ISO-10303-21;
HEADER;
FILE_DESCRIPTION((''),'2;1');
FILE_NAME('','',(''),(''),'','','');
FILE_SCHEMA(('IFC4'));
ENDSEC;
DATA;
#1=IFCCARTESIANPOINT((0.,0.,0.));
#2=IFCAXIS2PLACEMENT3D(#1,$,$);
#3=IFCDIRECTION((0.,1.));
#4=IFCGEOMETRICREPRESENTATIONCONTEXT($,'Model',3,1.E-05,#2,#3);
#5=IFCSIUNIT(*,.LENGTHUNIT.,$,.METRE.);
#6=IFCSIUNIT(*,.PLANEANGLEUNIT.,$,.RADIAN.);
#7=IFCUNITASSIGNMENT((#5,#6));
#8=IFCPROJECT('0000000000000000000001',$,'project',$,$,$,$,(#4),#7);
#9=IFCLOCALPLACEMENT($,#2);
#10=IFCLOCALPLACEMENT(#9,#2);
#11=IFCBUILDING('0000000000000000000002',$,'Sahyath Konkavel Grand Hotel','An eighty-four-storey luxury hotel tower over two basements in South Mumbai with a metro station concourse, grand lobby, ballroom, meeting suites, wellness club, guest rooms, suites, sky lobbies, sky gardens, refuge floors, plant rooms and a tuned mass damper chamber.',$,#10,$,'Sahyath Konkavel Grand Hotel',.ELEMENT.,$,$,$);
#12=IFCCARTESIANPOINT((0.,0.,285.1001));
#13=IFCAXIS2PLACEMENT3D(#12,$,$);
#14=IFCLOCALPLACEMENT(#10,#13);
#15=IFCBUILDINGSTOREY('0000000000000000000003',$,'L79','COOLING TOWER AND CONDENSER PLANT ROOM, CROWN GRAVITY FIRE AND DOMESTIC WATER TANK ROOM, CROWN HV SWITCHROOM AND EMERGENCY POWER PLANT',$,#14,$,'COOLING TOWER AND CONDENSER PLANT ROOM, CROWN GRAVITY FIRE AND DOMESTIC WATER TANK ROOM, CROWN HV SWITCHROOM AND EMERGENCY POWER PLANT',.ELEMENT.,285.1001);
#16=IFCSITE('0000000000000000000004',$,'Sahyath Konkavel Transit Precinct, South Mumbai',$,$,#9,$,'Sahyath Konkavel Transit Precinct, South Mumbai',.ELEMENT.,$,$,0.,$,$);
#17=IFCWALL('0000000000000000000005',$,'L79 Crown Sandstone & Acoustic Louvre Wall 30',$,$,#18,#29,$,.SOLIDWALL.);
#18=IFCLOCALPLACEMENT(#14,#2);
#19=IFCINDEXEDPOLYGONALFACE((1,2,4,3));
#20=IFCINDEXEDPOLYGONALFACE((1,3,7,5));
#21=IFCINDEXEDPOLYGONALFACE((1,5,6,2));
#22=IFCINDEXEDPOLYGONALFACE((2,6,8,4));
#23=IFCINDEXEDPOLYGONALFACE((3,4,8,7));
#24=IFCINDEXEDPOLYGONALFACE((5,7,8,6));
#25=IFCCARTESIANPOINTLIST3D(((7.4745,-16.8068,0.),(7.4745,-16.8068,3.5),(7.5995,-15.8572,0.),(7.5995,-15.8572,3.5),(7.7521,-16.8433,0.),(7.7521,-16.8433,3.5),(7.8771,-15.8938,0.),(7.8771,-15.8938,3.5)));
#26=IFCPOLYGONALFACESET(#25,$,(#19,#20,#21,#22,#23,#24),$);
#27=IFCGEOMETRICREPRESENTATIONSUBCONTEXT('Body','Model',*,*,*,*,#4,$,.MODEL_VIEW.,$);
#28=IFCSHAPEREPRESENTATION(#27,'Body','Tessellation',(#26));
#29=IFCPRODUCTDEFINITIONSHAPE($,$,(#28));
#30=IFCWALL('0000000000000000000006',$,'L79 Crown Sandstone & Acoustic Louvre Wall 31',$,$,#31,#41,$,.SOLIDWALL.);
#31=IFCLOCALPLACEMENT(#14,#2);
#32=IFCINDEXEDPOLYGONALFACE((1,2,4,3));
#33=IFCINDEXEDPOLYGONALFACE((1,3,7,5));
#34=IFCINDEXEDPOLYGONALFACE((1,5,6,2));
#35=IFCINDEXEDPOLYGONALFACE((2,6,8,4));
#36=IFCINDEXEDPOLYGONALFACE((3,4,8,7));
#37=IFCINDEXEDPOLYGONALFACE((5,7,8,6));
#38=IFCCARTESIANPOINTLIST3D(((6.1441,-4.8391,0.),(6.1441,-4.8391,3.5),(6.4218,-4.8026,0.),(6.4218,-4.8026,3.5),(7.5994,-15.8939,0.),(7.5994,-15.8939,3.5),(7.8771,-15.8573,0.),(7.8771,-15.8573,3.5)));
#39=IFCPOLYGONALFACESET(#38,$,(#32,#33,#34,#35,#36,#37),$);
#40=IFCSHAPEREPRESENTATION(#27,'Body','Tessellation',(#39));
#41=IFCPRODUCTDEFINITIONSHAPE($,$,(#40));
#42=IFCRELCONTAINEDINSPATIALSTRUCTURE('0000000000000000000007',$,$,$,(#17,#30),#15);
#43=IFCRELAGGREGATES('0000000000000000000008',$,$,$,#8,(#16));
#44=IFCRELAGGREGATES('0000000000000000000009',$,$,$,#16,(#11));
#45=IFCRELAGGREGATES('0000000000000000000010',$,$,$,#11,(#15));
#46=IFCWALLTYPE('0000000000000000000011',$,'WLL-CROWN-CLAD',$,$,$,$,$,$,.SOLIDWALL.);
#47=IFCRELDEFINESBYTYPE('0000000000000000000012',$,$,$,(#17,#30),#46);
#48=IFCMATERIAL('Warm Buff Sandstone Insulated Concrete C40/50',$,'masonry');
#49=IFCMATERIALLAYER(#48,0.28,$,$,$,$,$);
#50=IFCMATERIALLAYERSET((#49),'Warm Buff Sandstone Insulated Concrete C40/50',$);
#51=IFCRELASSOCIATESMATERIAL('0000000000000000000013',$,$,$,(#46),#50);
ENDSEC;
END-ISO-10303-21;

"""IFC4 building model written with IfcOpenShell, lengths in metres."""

from ifc_helpers import new_model, si_unit, direction, frame, frame_2d, origin, place, context, subcontext, project, spatial, rectangle, extrude, material, layer, layer_set, type_object, element, save


model = new_model("IFC4")

# Units and contexts
model_context = context("Model", 3, precision=1e-05, world=origin(), true_north=direction((0.0, 1.0)))
body_context = subcontext(model_context, "Body", "Model", "MODEL_VIEW")
ifc_project = project(units=[si_unit("LENGTHUNIT", "METRE"), si_unit("PLANEANGLEUNIT", "RADIAN")], contexts=[model_context])

# Site, building, storey
site_placement = place(None, origin())
site = spatial("IfcSite", under=ifc_project, at=site_placement, Name="Sahyath Konkavel Transit Precinct, South Mumbai", LongName="Sahyath Konkavel Transit Precinct, South Mumbai", CompositionType="ELEMENT", RefElevation=0.0)
building_placement = place(site_placement, origin())
building = spatial("IfcBuilding", under=site, at=building_placement, Name="Sahyath Konkavel Grand Hotel", Description="An eighty-four-storey luxury hotel tower over two basements in South Mumbai with a metro station concourse, grand lobby, ballroom, meeting suites, wellness club, guest rooms, suites, sky lobbies, sky gardens, refuge floors, plant rooms and a tuned mass damper chamber.", LongName="Sahyath Konkavel Grand Hotel", CompositionType="ELEMENT")
storey_placement = place(building_placement, frame((0.0, 0.0, 285.1001)))
storey = spatial("IfcBuildingStorey", under=building, at=storey_placement, Name="L79", Description="COOLING TOWER AND CONDENSER PLANT ROOM, CROWN GRAVITY FIRE AND DOMESTIC WATER TANK ROOM, CROWN HV SWITCHROOM AND EMERGENCY POWER PLANT", LongName="COOLING TOWER AND CONDENSER PLANT ROOM, CROWN GRAVITY FIRE AND DOMESTIC WATER TANK ROOM, CROWN HV SWITCHROOM AND EMERGENCY POWER PLANT", CompositionType="ELEMENT", Elevation=285.1001)

# Walls
ifc_material_1 = material(Name="Warm Buff Sandstone Insulated Concrete C40/50", Category="masonry")
ifc_layer_1 = layer(ifc_material_1, 0.28)
ifc_layer_set_1 = layer_set([ifc_layer_1], Name="Warm Buff Sandstone Insulated Concrete C40/50")
wall_type_1 = type_object("IfcWallType", Name="WLL-CROWN-CLAD", PredefinedType="SOLIDWALL", material=ifc_layer_set_1)
wall_1_placement = place(storey_placement, frame((7.6133, -16.8252, 0.0), z_axis=(0.0, 0.0, 1.0), x_axis=(0.130527, 0.991445, 0.0)))
element("IfcWall", 1, at=wall_1_placement, inside=storey, type_object=wall_type_1, Name="L79 Crown Sandstone & Acoustic Louvre Wall 30", PredefinedType="SOLIDWALL", context=body_context, shape_type="SweptSolid", body=[
    extrude(rectangle(XDim=0.9578, YDim=0.28, at=frame_2d((0.479, 0.0))), origin(), (0.0, 0.0, 1.0), 3.5),
])
wall_2_placement = place(storey_placement, frame((7.7383, -15.8757, 0.0), z_axis=(0.0, 0.0, 1.0), x_axis=(-0.130521, 0.991445, 0.0)))
element("IfcWall", 2, at=wall_2_placement, inside=storey, type_object=wall_type_1, Name="L79 Crown Sandstone & Acoustic Louvre Wall 31", PredefinedType="SOLIDWALL", context=body_context, shape_type="SweptSolid", body=[
    extrude(rectangle(XDim=11.1501, YDim=0.28, at=frame_2d((5.5752, 0.0))), origin(), (0.0, 0.0, 1.0), 3.5),
])

save(model, "model.ifc")
